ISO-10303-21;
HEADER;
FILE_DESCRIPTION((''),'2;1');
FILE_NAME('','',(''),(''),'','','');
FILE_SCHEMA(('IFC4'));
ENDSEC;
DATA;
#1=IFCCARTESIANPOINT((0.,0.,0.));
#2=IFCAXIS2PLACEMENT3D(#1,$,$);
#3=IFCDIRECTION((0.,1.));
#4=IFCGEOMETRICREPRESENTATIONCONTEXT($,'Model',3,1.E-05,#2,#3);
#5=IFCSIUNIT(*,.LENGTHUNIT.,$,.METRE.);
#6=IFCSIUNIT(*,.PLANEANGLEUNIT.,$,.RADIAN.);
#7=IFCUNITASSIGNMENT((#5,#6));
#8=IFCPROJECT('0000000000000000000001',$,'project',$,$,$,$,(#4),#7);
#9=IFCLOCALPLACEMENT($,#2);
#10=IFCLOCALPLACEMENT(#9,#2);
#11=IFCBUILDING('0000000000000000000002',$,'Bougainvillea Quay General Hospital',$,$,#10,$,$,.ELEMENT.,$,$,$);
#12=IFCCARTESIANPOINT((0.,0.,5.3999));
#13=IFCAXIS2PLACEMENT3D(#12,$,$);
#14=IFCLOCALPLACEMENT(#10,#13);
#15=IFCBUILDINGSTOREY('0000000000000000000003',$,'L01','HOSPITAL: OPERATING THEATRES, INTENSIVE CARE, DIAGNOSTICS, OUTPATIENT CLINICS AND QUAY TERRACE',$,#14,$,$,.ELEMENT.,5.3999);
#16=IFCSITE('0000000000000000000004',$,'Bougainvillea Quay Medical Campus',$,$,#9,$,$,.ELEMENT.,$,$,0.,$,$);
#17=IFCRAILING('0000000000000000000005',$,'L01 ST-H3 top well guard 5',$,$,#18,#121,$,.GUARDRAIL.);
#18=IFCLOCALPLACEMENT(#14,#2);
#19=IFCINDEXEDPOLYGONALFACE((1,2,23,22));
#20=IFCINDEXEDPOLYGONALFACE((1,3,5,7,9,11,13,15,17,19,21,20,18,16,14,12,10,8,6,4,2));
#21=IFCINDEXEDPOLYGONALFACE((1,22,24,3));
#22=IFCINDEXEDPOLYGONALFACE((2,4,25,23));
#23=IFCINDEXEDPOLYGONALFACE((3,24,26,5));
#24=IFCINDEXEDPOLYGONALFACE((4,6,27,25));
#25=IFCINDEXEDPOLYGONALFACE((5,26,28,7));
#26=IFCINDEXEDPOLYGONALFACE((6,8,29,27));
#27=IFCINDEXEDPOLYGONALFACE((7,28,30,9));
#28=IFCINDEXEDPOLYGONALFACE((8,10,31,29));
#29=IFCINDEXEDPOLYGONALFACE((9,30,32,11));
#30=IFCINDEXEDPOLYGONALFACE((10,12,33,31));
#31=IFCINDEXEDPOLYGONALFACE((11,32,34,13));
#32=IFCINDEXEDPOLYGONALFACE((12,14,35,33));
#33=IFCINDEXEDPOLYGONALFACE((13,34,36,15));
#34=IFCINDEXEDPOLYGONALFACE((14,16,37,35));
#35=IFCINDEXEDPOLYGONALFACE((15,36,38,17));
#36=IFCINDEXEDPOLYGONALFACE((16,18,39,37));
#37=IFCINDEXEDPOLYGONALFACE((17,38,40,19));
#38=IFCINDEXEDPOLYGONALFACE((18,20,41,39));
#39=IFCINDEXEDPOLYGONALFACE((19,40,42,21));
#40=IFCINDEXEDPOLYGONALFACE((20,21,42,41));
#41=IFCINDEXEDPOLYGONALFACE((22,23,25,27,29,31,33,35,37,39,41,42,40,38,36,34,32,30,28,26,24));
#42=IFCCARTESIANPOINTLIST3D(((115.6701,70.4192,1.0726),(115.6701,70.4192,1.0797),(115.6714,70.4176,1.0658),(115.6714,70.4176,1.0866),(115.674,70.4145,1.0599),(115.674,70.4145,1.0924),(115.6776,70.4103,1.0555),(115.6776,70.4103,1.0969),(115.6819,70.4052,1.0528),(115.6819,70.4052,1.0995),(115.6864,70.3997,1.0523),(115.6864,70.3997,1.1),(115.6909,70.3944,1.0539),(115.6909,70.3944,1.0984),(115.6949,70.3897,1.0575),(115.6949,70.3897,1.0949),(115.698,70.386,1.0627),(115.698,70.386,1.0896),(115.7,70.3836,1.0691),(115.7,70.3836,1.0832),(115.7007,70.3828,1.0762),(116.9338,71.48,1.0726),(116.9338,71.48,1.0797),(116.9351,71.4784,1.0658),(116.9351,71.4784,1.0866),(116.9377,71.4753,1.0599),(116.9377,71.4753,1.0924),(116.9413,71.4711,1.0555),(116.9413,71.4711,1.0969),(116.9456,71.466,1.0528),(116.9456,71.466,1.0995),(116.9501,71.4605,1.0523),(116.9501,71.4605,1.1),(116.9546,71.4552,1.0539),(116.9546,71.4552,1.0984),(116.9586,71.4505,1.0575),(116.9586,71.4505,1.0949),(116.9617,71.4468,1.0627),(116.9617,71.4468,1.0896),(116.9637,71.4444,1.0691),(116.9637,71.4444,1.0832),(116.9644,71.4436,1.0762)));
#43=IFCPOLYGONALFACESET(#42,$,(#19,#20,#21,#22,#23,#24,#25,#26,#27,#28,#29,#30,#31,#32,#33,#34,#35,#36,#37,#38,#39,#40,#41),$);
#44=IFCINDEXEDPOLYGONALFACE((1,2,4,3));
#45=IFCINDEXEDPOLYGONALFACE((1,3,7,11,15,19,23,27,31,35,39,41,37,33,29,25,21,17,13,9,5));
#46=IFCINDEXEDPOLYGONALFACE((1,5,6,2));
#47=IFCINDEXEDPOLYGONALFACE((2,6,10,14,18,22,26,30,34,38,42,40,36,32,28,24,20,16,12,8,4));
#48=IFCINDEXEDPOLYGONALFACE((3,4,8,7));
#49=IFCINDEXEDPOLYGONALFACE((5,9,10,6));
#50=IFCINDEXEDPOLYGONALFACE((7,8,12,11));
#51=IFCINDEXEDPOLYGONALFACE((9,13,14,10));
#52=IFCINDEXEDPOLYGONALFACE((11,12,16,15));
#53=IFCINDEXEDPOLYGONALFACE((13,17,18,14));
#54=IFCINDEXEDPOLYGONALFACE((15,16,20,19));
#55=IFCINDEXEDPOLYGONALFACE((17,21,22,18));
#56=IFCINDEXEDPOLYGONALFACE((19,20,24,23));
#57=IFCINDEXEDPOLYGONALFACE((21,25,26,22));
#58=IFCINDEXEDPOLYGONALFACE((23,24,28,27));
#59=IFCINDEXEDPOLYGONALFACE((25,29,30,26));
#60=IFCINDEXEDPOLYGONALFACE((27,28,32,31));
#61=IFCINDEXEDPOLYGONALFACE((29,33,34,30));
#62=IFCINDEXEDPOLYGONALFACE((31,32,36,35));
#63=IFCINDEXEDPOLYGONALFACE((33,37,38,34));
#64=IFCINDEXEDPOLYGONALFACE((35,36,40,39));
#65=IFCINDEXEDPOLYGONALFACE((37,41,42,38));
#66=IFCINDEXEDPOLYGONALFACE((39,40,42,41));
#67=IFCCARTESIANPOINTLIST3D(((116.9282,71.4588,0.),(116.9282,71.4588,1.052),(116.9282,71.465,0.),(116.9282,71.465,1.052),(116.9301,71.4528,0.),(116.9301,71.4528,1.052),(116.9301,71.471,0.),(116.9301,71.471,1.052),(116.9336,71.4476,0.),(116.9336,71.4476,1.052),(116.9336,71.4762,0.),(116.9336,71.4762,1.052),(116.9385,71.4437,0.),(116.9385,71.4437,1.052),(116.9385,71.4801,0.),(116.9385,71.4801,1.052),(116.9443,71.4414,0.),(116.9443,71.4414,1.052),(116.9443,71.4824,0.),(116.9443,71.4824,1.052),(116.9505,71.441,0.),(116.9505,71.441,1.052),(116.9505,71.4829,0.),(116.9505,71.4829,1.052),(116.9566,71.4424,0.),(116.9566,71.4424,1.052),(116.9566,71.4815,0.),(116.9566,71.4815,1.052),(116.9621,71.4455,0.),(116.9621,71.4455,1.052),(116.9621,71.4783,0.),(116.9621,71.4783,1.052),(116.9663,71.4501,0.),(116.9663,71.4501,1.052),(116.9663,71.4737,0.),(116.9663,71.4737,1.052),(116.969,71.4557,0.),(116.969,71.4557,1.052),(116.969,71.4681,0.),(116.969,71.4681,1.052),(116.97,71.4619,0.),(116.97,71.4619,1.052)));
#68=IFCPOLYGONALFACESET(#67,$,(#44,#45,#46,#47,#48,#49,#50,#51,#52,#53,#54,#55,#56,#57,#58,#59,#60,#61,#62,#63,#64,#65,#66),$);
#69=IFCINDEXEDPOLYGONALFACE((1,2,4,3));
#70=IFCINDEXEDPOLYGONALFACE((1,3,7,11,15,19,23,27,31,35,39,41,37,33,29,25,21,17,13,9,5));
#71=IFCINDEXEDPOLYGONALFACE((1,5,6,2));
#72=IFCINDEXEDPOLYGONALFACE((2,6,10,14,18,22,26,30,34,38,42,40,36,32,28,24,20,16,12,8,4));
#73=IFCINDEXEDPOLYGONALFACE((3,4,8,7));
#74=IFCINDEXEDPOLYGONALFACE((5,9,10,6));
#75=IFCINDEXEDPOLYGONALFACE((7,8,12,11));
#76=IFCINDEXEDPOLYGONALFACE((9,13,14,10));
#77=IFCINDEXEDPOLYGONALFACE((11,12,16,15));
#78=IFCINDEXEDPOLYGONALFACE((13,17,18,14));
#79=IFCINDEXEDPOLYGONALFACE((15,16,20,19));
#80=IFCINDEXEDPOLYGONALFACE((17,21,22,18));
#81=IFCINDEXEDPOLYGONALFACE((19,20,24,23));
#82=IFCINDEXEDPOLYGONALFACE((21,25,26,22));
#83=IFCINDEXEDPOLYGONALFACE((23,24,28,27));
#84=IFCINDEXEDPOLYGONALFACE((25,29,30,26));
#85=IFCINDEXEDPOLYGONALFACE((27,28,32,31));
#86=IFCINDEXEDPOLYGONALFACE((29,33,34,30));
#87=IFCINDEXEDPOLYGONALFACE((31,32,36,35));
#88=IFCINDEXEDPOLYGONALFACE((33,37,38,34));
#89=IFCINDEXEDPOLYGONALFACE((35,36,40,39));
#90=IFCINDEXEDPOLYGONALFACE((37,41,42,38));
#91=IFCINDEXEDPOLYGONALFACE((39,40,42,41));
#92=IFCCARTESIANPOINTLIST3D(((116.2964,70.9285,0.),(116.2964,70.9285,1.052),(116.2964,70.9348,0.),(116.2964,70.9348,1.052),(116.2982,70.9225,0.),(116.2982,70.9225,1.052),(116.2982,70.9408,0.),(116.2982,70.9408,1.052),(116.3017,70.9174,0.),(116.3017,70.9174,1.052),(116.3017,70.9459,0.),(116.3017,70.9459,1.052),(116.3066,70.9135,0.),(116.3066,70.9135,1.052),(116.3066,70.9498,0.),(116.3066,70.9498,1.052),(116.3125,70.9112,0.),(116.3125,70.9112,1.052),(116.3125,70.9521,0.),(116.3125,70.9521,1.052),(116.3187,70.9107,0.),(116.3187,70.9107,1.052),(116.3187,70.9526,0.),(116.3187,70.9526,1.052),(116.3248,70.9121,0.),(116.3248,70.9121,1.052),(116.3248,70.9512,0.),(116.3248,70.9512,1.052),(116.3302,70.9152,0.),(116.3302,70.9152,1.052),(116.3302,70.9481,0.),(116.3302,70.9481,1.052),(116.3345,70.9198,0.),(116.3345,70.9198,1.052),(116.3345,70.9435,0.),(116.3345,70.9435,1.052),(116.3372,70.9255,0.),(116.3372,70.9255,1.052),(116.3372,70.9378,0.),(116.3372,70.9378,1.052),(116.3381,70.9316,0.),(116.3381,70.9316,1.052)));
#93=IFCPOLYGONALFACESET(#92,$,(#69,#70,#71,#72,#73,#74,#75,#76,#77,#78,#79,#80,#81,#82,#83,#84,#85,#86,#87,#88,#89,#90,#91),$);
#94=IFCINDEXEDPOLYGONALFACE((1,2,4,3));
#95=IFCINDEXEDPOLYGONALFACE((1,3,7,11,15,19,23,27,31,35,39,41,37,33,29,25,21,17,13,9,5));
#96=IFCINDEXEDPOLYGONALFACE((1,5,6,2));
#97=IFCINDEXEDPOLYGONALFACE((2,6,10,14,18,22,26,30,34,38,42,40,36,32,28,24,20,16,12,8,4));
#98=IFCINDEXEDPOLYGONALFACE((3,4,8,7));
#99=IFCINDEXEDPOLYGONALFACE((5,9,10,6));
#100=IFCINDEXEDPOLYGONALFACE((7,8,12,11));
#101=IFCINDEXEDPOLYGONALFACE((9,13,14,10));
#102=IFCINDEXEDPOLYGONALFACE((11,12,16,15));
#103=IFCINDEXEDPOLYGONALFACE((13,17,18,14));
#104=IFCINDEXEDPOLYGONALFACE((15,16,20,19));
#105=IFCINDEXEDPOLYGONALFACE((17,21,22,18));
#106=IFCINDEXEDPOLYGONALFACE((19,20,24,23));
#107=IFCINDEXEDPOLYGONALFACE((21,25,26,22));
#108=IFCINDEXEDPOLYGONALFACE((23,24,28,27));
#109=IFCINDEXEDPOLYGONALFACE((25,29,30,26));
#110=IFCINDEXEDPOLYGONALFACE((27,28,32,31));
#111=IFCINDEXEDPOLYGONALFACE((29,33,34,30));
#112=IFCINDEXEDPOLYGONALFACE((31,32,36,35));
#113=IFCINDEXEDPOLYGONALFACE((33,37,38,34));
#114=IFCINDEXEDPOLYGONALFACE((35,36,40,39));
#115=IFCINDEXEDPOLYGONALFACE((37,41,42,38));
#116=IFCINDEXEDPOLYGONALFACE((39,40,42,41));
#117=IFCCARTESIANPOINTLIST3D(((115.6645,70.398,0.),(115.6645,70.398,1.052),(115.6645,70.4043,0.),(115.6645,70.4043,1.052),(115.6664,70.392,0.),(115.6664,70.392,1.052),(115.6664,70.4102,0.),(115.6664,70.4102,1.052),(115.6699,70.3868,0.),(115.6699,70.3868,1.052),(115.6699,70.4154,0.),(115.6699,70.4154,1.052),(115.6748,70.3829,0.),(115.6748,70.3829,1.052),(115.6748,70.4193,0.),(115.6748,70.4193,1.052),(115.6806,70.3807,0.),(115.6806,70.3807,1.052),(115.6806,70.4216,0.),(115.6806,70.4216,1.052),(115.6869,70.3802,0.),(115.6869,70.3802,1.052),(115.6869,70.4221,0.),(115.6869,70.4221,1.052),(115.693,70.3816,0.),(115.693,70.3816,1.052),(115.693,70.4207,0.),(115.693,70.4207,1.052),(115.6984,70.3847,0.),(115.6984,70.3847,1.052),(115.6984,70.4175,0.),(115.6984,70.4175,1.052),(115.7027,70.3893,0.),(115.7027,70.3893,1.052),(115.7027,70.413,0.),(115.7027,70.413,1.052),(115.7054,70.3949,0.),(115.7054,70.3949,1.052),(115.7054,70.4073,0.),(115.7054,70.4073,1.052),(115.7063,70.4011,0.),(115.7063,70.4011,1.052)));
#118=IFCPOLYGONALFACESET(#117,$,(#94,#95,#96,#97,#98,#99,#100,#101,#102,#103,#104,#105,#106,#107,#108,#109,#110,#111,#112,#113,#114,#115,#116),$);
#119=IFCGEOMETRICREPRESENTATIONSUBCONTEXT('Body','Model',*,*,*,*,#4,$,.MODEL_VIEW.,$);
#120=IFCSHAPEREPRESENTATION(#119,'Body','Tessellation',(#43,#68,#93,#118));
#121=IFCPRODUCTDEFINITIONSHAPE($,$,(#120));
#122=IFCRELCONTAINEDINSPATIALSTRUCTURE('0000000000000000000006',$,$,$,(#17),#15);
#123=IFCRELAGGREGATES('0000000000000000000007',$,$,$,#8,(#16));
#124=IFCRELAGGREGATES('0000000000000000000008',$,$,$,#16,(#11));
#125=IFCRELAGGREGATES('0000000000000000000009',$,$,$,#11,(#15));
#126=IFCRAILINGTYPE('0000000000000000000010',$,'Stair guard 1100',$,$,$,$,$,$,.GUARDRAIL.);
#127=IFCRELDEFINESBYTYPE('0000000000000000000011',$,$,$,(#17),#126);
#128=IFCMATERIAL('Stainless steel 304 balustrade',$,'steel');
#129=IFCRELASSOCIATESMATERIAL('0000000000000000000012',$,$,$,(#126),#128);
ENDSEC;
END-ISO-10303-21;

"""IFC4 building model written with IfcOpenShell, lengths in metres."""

from ifc_helpers import new_model, si_unit, direction, frame, origin, origin_2d, place, context, subcontext, project, spatial, circle, extrude, material, type_object, element, save


model = new_model("IFC4")

# Units and contexts
model_context = context("Model", 3, precision=1e-05, world=origin(), true_north=direction((0.0, 1.0)))
body_context = subcontext(model_context, "Body", "Model", "MODEL_VIEW")
ifc_project = project(units=[si_unit("LENGTHUNIT", "METRE"), si_unit("PLANEANGLEUNIT", "RADIAN")], contexts=[model_context])

# Site, building, storey
site_placement = place(None, origin())
site = spatial("IfcSite", under=ifc_project, at=site_placement, Name="Bougainvillea Quay Medical Campus", CompositionType="ELEMENT", RefElevation=0.0)
building_placement = place(site_placement, origin())
building = spatial("IfcBuilding", under=site, at=building_placement, Name="Bougainvillea Quay General Hospital", CompositionType="ELEMENT")
storey_placement = place(building_placement, frame((0.0, 0.0, 5.3999)))
storey = spatial("IfcBuildingStorey", under=building, at=storey_placement, Name="L01", Description="HOSPITAL: OPERATING THEATRES, INTENSIVE CARE, DIAGNOSTICS, OUTPATIENT CLINICS AND QUAY TERRACE", CompositionType="ELEMENT", Elevation=5.3999)

# Railing
ifc_material_1 = material(Name="Stainless steel 304 balustrade", Category="steel")
railing_type_1 = type_object("IfcRailingType", Name="Stair guard 1100", PredefinedType="GUARDRAIL", material=ifc_material_1)
railing_1_placement = place(storey_placement, frame((116.949, 71.4619, 0.0)))
element("IfcRailing", 1, at=railing_1_placement, inside=storey, type_object=railing_type_1, Name="L01 ST-H3 top well guard 5", PredefinedType="GUARDRAIL", context=body_context, shape_type="SweptSolid", body=[
    extrude(circle(Radius=0.0239, at=origin_2d()), frame((0.0, 0.0, 1.0762), z_axis=(-0.765912, -0.642946, 0.0), x_axis=(0.642946, -0.765912, 0.0)), (0.0, 0.0, 1.0), 1.6499),
    extrude(circle(Radius=0.021, at=origin_2d()), origin(), (0.0, 0.0, 1.0), 1.052),
    extrude(circle(Radius=0.021, at=origin_2d()), frame((-0.6318, -0.5303, 0.0)), (0.0, 0.0, 1.0), 1.052),
    extrude(circle(Radius=0.021, at=origin_2d()), frame((-1.2637, -1.0608, 0.0)), (0.0, 0.0, 1.0), 1.052),
])

save(model, "model.ifc")
